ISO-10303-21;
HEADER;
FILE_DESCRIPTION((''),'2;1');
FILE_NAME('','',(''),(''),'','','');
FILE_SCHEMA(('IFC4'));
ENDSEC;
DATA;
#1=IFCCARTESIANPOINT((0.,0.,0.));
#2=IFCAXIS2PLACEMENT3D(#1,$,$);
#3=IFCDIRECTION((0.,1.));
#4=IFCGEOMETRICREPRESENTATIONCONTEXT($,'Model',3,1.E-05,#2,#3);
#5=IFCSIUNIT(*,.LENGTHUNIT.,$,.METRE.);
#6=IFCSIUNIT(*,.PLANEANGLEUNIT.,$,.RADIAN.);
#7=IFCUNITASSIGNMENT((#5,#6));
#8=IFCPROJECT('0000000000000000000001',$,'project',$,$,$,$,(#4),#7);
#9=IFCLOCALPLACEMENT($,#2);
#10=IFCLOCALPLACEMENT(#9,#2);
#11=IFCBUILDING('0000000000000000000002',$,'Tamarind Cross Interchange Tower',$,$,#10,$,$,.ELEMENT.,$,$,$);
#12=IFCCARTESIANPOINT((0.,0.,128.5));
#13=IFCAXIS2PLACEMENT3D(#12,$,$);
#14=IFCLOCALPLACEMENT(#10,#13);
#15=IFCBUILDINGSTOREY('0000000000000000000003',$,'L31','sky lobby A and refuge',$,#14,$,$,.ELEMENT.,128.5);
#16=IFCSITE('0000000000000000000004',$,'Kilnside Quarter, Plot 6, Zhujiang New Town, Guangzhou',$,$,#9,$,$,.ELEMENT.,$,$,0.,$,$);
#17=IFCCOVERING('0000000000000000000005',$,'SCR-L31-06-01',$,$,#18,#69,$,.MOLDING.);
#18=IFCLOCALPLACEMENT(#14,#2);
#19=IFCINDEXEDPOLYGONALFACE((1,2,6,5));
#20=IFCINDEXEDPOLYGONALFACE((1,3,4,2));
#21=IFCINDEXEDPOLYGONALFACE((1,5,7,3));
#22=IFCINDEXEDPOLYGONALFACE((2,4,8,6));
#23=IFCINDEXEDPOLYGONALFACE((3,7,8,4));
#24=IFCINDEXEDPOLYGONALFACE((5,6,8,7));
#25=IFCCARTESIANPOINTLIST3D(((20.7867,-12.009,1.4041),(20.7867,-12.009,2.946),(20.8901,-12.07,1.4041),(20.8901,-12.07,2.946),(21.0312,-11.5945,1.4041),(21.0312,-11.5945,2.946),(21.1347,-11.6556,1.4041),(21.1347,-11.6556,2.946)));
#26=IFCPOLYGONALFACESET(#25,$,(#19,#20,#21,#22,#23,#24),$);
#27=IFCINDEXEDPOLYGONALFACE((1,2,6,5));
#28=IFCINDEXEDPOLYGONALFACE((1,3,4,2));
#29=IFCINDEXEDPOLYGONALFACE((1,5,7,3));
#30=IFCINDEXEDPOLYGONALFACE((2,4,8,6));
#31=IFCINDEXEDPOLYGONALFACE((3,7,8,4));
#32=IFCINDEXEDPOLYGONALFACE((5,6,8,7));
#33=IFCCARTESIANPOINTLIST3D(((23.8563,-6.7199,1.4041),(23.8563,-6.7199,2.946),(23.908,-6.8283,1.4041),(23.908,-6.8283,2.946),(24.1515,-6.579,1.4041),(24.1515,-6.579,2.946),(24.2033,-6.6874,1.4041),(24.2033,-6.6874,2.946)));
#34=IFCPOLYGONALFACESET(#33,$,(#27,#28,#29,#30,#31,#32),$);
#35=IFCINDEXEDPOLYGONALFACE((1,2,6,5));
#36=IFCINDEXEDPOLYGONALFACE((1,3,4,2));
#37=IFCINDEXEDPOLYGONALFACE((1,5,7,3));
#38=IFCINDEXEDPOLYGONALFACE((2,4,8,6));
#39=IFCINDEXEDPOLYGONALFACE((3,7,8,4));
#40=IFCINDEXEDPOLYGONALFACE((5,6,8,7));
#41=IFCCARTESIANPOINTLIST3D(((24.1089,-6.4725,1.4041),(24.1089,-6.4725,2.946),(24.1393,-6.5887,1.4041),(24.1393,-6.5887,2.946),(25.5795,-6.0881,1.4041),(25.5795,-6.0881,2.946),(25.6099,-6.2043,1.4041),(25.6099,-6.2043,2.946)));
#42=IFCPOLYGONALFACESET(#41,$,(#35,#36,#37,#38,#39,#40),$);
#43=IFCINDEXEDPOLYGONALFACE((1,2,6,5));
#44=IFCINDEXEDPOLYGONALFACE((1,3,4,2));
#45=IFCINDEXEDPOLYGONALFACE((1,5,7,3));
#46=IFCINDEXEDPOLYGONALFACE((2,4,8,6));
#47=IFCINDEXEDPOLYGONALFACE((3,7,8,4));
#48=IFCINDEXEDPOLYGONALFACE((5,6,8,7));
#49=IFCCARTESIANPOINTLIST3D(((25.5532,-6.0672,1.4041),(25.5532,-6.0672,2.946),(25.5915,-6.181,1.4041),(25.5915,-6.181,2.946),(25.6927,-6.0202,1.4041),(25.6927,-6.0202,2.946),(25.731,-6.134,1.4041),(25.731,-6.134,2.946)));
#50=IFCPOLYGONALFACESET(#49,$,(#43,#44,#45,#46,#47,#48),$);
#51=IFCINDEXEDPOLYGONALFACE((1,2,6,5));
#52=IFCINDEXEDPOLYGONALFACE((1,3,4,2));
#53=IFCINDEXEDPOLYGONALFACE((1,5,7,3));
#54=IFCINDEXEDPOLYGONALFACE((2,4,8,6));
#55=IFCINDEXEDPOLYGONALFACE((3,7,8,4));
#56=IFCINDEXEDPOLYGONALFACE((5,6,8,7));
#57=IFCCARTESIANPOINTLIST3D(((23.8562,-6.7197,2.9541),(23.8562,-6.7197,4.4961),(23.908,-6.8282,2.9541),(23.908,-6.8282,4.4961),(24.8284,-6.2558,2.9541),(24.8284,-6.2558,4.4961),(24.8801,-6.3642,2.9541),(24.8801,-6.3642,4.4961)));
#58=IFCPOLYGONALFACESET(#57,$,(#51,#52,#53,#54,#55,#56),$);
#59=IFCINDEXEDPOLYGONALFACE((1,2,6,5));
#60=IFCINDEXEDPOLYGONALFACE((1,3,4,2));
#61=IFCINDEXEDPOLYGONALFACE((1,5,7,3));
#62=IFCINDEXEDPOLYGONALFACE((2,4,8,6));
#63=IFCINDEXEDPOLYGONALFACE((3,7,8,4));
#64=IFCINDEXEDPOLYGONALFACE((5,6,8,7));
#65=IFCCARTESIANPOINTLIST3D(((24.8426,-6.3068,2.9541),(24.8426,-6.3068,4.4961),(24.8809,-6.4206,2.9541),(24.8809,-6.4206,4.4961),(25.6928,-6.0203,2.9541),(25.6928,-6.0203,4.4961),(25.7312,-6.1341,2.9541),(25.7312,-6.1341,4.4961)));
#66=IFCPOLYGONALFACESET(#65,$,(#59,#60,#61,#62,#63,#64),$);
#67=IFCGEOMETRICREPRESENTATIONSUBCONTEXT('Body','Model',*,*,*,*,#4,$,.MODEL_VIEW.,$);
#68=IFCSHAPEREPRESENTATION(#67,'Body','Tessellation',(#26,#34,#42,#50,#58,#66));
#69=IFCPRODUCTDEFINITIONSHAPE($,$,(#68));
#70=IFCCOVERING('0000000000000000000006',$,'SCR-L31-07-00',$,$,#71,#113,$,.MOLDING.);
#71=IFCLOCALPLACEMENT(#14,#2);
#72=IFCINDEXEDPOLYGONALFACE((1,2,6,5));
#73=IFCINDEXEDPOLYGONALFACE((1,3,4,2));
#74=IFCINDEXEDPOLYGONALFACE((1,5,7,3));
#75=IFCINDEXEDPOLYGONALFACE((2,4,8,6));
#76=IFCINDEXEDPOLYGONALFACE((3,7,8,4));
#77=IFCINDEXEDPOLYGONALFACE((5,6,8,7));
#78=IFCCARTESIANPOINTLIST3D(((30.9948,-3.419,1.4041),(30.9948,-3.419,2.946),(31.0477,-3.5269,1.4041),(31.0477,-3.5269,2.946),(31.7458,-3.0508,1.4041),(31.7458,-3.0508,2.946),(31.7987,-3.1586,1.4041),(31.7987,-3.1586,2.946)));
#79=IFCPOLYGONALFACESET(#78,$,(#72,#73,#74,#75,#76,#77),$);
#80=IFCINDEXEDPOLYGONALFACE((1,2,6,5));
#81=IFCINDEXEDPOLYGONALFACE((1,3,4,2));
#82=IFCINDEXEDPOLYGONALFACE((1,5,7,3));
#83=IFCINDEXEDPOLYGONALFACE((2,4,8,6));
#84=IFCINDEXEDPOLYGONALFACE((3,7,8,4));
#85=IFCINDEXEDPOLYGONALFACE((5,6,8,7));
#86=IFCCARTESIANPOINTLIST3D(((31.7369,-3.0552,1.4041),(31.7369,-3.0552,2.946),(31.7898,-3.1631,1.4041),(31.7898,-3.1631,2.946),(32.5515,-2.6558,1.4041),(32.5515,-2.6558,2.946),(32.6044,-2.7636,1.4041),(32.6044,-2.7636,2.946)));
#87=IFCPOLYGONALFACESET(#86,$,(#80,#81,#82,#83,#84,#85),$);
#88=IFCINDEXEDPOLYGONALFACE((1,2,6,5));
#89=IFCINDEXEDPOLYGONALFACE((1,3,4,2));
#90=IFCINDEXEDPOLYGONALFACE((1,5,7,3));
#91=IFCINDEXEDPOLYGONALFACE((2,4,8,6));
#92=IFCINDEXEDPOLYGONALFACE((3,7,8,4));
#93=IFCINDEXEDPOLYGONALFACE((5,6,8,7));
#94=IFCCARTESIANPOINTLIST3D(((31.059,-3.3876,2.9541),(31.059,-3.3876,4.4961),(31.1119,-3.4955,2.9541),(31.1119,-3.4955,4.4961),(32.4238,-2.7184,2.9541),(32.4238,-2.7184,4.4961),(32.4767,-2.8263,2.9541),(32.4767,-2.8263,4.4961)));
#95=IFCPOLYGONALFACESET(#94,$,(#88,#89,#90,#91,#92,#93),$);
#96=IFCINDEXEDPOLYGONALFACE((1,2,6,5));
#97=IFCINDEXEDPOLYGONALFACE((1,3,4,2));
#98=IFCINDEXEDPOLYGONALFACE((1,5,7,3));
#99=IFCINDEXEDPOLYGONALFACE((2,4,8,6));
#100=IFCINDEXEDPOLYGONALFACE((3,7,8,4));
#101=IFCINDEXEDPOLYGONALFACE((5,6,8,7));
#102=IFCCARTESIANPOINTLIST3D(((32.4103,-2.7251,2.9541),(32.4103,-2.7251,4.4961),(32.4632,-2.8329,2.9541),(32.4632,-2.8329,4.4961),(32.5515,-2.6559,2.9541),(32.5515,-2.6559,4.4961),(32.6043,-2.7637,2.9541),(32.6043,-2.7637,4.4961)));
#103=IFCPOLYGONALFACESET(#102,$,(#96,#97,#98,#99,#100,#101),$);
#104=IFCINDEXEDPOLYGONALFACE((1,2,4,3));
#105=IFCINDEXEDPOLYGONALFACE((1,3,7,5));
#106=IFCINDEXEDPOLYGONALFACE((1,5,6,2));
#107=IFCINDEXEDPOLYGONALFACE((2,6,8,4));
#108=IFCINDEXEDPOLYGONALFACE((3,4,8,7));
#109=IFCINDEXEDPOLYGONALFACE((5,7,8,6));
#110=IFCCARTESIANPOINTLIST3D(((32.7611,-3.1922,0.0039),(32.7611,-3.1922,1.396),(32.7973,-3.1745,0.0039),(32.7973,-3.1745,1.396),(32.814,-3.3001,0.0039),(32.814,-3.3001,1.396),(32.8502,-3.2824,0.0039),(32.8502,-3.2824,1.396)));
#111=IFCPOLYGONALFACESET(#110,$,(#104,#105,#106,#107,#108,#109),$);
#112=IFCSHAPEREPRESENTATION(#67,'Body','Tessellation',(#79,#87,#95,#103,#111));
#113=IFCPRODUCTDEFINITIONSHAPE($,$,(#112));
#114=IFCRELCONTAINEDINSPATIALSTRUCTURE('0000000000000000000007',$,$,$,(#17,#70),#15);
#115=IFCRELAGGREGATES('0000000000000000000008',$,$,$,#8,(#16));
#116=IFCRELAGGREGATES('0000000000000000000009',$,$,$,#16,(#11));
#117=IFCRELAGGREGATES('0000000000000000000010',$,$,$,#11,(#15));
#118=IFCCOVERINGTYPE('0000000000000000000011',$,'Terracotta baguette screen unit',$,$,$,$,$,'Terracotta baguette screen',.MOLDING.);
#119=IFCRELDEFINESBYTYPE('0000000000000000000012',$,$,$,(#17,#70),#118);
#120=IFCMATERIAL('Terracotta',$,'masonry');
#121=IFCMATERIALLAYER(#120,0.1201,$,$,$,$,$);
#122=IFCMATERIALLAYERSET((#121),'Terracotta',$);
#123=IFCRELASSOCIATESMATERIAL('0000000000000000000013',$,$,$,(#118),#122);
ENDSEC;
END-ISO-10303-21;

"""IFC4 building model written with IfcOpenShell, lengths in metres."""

from ifc_helpers import new_model, si_unit, direction, frame, origin, origin_2d, place, context, subcontext, project, spatial, rectangle, extrude, material, layer, layer_set, type_object, element, save


model = new_model("IFC4")

# Units and contexts
model_context = context("Model", 3, precision=1e-05, world=origin(), true_north=direction((0.0, 1.0)))
body_context = subcontext(model_context, "Body", "Model", "MODEL_VIEW")
ifc_project = project(units=[si_unit("LENGTHUNIT", "METRE"), si_unit("PLANEANGLEUNIT", "RADIAN")], contexts=[model_context])

# Site, building, storey
site_placement = place(None, origin())
site = spatial("IfcSite", under=ifc_project, at=site_placement, Name="Kilnside Quarter, Plot 6, Zhujiang New Town, Guangzhou", CompositionType="ELEMENT", RefElevation=0.0)
building_placement = place(site_placement, origin())
building = spatial("IfcBuilding", under=site, at=building_placement, Name="Tamarind Cross Interchange Tower", CompositionType="ELEMENT")
storey_placement = place(building_placement, frame((0.0, 0.0, 128.5)))
storey = spatial("IfcBuildingStorey", under=building, at=storey_placement, Name="L31", Description="sky lobby A and refuge", CompositionType="ELEMENT", Elevation=128.5)

# Coverings
ifc_material_1 = material(Name="Terracotta", Category="masonry")
ifc_layer_1 = layer(ifc_material_1, 0.1201)
ifc_layer_set_1 = layer_set([ifc_layer_1], Name="Terracotta")
covering_type = type_object("IfcCoveringType", Name="Terracotta baguette screen unit", ElementType="Terracotta baguette screen", PredefinedType="MOLDING", material=ifc_layer_set_1)
covering_1_placement = place(storey_placement, origin())
element("IfcCovering", 1, at=covering_1_placement, inside=storey, type_object=covering_type, Name="SCR-L31-06-01", PredefinedType="MOLDING", context=body_context, shape_type="SweptSolid", body=[
    extrude(rectangle(XDim=0.4812, YDim=0.1201, at=origin_2d()), frame((20.9607, -11.8323, 1.4041), z_axis=(0.0, 0.0, 1.0), x_axis=(0.508183, 0.861249, 0.0)), (0.0, 0.0, 1.0), 1.542),
    extrude(rectangle(XDim=0.3271, YDim=0.1201, at=origin_2d()), frame((24.0298, -6.7036, 1.4041), z_axis=(0.0, 0.0, 1.0), x_axis=(0.902502, 0.430685, 0.0)), (0.0, 0.0, 1.0), 1.542),
    extrude(rectangle(XDim=1.52, YDim=0.1201, at=origin_2d()), frame((24.8594, -6.3384, 1.4041), z_axis=(0.0, 0.0, 1.0), x_axis=(0.967501, 0.252868, 0.0)), (0.0, 0.0, 1.0), 1.542),
    extrude(rectangle(XDim=0.1472, YDim=0.1201, at=origin_2d()), frame((25.6421, -6.1006, 1.4041), z_axis=(0.0, 0.0, 1.0), x_axis=(0.947657, 0.31929, 0.0)), (0.0, 0.0, 1.0), 1.542),
    extrude(rectangle(XDim=1.0771, YDim=0.1201, at=origin_2d()), frame((24.3682, -6.542, 2.9541), z_axis=(0.0, 0.0, 1.0), x_axis=(0.902502, 0.430685, 0.0)), (0.0, 0.0, 1.0), 1.542),
    extrude(rectangle(XDim=0.8972, YDim=0.1201, at=origin_2d()), frame((25.2869, -6.2205, 2.9541), z_axis=(0.0, 0.0, 1.0), x_axis=(0.947657, 0.31929, 0.0)), (0.0, 0.0, 1.0), 1.542),
])
covering_2_placement = place(storey_placement, origin())
element("IfcCovering", 2, at=covering_2_placement, inside=storey, type_object=covering_type, Name="SCR-L31-07-00", PredefinedType="MOLDING", context=body_context, shape_type="SweptSolid", body=[
    extrude(rectangle(XDim=0.8364, YDim=0.1201, at=origin_2d()), frame((31.3967, -3.2888, 1.4041), z_axis=(0.0, 0.0, 1.0), x_axis=(0.897874, 0.440253, 0.0)), (0.0, 0.0, 1.0), 1.542),
    extrude(rectangle(XDim=0.9072, YDim=0.1201, at=origin_2d()), frame((32.1707, -2.9094, 1.4041), z_axis=(0.0, 0.0, 1.0), x_axis=(0.897874, 0.440253, 0.0)), (0.0, 0.0, 1.0), 1.542),
    extrude(rectangle(XDim=1.52, YDim=0.1201, at=origin_2d()), frame((31.7678, -3.1069, 2.9541), z_axis=(0.0, 0.0, 1.0), x_axis=(0.897874, 0.440253, 0.0)), (0.0, 0.0, 1.0), 1.542),
    extrude(rectangle(XDim=0.1572, YDim=0.1201, at=origin_2d()), frame((32.5073, -2.7444, 2.9541), z_axis=(0.0, 0.0, 1.0), x_axis=(0.897874, 0.440253, 0.0)), (0.0, 0.0, 1.0), 1.542),
    extrude(rectangle(XDim=0.0403, YDim=0.1201, at=origin_2d()), frame((32.8057, -3.2373, 0.0039), z_axis=(0.0, 0.0, 1.0), x_axis=(0.897874, 0.440253, 0.0)), (0.0, 0.0, 1.0), 1.3921),
])

save(model, "model.ifc")
